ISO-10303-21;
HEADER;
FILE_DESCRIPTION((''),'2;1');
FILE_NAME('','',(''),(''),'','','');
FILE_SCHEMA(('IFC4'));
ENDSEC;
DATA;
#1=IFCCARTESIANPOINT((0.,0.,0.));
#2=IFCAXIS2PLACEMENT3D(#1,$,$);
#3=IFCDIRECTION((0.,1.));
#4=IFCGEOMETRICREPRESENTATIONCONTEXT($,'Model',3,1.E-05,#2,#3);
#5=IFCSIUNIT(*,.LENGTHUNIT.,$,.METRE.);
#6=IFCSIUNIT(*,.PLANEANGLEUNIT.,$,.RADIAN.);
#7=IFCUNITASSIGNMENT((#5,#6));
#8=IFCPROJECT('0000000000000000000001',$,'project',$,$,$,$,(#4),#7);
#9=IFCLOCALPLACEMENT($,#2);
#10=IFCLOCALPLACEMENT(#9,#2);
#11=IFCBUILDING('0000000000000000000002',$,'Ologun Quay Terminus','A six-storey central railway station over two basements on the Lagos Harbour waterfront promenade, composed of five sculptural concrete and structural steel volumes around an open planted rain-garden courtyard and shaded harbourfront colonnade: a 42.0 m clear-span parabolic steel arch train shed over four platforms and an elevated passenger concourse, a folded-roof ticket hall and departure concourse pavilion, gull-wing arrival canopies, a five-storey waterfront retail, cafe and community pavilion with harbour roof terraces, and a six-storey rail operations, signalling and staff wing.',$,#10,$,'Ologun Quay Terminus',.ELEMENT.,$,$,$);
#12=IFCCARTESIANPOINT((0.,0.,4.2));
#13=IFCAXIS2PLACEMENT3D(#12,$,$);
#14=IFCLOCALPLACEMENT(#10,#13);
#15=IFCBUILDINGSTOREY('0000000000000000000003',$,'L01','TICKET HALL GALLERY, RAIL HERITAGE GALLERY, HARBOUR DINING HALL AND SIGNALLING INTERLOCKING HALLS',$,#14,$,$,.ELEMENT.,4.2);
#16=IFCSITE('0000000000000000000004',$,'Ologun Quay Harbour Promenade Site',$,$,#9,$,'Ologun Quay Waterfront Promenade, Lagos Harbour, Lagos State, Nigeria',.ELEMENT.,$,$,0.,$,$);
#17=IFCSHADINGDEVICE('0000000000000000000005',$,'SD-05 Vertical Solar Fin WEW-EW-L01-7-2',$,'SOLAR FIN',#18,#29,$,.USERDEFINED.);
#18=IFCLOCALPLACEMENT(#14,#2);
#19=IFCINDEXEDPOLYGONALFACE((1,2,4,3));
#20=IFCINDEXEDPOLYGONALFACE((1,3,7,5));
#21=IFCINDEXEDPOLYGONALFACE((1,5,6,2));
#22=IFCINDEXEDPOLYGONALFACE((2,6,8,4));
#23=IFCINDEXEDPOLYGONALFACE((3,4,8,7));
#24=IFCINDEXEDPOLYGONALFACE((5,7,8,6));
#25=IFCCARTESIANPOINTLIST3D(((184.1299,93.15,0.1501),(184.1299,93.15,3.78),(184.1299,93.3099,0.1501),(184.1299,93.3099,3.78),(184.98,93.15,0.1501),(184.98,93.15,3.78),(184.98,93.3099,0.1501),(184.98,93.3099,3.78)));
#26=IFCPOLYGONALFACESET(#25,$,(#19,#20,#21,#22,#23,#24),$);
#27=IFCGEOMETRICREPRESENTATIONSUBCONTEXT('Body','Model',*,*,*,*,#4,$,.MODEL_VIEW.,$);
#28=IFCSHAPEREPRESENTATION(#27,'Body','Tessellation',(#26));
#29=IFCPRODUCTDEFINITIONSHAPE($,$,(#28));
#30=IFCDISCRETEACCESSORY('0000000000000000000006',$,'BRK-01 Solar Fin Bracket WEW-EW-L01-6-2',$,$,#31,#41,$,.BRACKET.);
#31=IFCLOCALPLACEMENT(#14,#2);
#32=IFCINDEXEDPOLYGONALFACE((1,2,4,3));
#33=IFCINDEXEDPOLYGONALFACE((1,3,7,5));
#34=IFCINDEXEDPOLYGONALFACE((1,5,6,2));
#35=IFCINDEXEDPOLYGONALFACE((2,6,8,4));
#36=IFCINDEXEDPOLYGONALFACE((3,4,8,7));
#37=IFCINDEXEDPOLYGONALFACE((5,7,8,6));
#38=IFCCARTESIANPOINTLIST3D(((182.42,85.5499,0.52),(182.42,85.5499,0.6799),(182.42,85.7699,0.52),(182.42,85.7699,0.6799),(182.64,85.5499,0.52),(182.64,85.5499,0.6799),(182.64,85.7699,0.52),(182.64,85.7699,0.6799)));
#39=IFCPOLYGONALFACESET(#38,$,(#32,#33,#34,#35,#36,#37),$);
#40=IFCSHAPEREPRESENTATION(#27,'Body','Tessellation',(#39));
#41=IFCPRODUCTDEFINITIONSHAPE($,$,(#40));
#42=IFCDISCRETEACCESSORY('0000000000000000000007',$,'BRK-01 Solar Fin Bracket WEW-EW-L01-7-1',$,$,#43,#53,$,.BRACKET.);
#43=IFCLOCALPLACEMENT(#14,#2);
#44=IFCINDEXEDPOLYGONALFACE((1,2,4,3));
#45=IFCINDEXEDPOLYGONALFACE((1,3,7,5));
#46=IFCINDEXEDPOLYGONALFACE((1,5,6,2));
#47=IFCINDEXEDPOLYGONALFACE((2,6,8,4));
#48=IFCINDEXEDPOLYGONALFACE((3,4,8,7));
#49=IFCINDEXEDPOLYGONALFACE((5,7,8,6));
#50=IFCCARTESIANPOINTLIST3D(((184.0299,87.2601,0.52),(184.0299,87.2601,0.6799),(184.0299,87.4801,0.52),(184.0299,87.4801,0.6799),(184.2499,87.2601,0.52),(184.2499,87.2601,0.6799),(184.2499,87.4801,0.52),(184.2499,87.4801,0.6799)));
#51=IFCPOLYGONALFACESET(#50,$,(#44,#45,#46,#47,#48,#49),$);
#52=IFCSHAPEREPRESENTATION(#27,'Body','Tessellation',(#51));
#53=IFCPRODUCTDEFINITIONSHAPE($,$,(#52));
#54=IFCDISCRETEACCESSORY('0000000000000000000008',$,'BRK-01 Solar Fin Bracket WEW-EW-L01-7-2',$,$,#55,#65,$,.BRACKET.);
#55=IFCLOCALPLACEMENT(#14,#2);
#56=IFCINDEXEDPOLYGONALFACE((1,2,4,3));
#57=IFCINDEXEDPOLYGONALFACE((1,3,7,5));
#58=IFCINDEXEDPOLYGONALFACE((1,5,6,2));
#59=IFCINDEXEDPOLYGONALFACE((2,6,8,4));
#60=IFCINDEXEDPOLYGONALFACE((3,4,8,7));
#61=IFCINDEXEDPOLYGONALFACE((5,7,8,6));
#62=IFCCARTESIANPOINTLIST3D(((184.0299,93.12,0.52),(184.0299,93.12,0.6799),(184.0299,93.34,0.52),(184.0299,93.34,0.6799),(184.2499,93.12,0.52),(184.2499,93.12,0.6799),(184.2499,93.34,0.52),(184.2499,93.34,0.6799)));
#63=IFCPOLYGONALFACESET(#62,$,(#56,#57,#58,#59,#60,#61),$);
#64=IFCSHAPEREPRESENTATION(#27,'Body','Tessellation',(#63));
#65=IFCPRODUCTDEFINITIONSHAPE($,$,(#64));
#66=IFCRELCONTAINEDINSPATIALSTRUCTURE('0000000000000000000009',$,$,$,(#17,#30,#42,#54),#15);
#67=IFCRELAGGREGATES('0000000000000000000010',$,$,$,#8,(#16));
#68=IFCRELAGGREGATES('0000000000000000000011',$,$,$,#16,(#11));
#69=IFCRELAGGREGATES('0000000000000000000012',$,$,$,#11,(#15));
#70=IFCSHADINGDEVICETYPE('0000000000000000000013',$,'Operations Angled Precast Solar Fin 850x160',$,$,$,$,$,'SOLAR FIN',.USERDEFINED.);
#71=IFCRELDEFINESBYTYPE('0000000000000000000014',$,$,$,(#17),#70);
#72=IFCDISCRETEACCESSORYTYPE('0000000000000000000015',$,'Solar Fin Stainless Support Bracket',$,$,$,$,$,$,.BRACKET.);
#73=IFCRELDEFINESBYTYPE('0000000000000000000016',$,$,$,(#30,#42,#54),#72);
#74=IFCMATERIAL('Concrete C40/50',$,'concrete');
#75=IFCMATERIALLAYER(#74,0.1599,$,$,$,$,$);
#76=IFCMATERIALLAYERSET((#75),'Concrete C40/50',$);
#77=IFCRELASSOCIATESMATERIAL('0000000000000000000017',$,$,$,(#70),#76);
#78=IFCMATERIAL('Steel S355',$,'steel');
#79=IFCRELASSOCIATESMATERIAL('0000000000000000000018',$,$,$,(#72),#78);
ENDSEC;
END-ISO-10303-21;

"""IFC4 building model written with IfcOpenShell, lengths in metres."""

from ifc_helpers import new_model, si_unit, direction, frame, origin, origin_2d, place, context, subcontext, project, spatial, rectangle, extrude, material, layer, layer_set, type_object, element, save


model = new_model("IFC4")

# Units and contexts
model_context = context("Model", 3, precision=1e-05, world=origin(), true_north=direction((0.0, 1.0)))
body_context = subcontext(model_context, "Body", "Model", "MODEL_VIEW")
ifc_project = project(units=[si_unit("LENGTHUNIT", "METRE"), si_unit("PLANEANGLEUNIT", "RADIAN")], contexts=[model_context])

# Site, building, storey
site_placement = place(None, origin())
site = spatial("IfcSite", under=ifc_project, at=site_placement, Name="Ologun Quay Harbour Promenade Site", LongName="Ologun Quay Waterfront Promenade, Lagos Harbour, Lagos State, Nigeria", CompositionType="ELEMENT", RefElevation=0.0)
building_placement = place(site_placement, origin())
building = spatial("IfcBuilding", under=site, at=building_placement, Name="Ologun Quay Terminus", Description="A six-storey central railway station over two basements on the Lagos Harbour waterfront promenade, composed of five sculptural concrete and structural steel volumes around an open planted rain-garden courtyard and shaded harbourfront colonnade: a 42.0 m clear-span parabolic steel arch train shed over four platforms and an elevated passenger concourse, a folded-roof ticket hall and departure concourse pavilion, gull-wing arrival canopies, a five-storey waterfront retail, cafe and community pavilion with harbour roof terraces, and a six-storey rail operations, signalling and staff wing.", LongName="Ologun Quay Terminus", CompositionType="ELEMENT")
storey_placement = place(building_placement, frame((0.0, 0.0, 4.2)))
storey = spatial("IfcBuildingStorey", under=building, at=storey_placement, Name="L01", Description="TICKET HALL GALLERY, RAIL HERITAGE GALLERY, HARBOUR DINING HALL AND SIGNALLING INTERLOCKING HALLS", CompositionType="ELEMENT", Elevation=4.2)

# Shading device
ifc_material_1 = material(Name="Concrete C40/50", Category="concrete")
ifc_layer_1 = layer(ifc_material_1, 0.1599)
ifc_layer_set_1 = layer_set([ifc_layer_1], Name="Concrete C40/50")
shading_device_type = type_object("IfcShadingDeviceType", Name="Operations Angled Precast Solar Fin 850x160", ElementType="SOLAR FIN", PredefinedType="USERDEFINED", material=ifc_layer_set_1)
for number, where, z_axis, x_axis, name in (
    (1, (184.5549, 93.23, 0.1501), (0.0, 0.0, 1.0), (1.0, 0.0, 0.0), "SD-05 Vertical Solar Fin WEW-EW-L01-7-2"),
):
    element("IfcShadingDevice", number, at=place(storey_placement, frame(where, z_axis=z_axis, x_axis=x_axis)), inside=storey, type_object=shading_device_type, Name=name, ObjectType="SOLAR FIN", PredefinedType="USERDEFINED", context=body_context, shape_type="SweptSolid", body=[
        extrude(rectangle(XDim=0.8501, YDim=0.1599, at=origin_2d()), origin(), (0.0, 0.0, 1.0), 3.6299),
    ])

# Discrete accessories
ifc_material_2 = material(Name="Steel S355", Category="steel")
discrete_accessory_type = type_object("IfcDiscreteAccessoryType", Name="Solar Fin Stainless Support Bracket", PredefinedType="BRACKET", material=ifc_material_2)
for number, where, z_axis, x_axis, name in (
    (2, (182.53, 85.6599, 0.52), (0.0, 0.0, 1.0), (1.0, 0.0, 0.0), "BRK-01 Solar Fin Bracket WEW-EW-L01-6-2"),
    (3, (184.1399, 87.3701, 0.52), (0.0, 0.0, 1.0), (1.0, 0.0, 0.0), "BRK-01 Solar Fin Bracket WEW-EW-L01-7-1"),
    (4, (184.1399, 93.23, 0.52), (0.0, 0.0, 1.0), (1.0, 0.0, 0.0), "BRK-01 Solar Fin Bracket WEW-EW-L01-7-2"),
):
    element("IfcDiscreteAccessory", number, at=place(storey_placement, frame(where, z_axis=z_axis, x_axis=x_axis)), inside=storey, type_object=discrete_accessory_type, Name=name, PredefinedType="BRACKET", context=body_context, shape_type="SweptSolid", body=[
        extrude(rectangle(XDim=0.22, YDim=0.22, at=origin_2d()), origin(), (0.0, 0.0, 1.0), 0.1599),
    ])

save(model, "model.ifc")
